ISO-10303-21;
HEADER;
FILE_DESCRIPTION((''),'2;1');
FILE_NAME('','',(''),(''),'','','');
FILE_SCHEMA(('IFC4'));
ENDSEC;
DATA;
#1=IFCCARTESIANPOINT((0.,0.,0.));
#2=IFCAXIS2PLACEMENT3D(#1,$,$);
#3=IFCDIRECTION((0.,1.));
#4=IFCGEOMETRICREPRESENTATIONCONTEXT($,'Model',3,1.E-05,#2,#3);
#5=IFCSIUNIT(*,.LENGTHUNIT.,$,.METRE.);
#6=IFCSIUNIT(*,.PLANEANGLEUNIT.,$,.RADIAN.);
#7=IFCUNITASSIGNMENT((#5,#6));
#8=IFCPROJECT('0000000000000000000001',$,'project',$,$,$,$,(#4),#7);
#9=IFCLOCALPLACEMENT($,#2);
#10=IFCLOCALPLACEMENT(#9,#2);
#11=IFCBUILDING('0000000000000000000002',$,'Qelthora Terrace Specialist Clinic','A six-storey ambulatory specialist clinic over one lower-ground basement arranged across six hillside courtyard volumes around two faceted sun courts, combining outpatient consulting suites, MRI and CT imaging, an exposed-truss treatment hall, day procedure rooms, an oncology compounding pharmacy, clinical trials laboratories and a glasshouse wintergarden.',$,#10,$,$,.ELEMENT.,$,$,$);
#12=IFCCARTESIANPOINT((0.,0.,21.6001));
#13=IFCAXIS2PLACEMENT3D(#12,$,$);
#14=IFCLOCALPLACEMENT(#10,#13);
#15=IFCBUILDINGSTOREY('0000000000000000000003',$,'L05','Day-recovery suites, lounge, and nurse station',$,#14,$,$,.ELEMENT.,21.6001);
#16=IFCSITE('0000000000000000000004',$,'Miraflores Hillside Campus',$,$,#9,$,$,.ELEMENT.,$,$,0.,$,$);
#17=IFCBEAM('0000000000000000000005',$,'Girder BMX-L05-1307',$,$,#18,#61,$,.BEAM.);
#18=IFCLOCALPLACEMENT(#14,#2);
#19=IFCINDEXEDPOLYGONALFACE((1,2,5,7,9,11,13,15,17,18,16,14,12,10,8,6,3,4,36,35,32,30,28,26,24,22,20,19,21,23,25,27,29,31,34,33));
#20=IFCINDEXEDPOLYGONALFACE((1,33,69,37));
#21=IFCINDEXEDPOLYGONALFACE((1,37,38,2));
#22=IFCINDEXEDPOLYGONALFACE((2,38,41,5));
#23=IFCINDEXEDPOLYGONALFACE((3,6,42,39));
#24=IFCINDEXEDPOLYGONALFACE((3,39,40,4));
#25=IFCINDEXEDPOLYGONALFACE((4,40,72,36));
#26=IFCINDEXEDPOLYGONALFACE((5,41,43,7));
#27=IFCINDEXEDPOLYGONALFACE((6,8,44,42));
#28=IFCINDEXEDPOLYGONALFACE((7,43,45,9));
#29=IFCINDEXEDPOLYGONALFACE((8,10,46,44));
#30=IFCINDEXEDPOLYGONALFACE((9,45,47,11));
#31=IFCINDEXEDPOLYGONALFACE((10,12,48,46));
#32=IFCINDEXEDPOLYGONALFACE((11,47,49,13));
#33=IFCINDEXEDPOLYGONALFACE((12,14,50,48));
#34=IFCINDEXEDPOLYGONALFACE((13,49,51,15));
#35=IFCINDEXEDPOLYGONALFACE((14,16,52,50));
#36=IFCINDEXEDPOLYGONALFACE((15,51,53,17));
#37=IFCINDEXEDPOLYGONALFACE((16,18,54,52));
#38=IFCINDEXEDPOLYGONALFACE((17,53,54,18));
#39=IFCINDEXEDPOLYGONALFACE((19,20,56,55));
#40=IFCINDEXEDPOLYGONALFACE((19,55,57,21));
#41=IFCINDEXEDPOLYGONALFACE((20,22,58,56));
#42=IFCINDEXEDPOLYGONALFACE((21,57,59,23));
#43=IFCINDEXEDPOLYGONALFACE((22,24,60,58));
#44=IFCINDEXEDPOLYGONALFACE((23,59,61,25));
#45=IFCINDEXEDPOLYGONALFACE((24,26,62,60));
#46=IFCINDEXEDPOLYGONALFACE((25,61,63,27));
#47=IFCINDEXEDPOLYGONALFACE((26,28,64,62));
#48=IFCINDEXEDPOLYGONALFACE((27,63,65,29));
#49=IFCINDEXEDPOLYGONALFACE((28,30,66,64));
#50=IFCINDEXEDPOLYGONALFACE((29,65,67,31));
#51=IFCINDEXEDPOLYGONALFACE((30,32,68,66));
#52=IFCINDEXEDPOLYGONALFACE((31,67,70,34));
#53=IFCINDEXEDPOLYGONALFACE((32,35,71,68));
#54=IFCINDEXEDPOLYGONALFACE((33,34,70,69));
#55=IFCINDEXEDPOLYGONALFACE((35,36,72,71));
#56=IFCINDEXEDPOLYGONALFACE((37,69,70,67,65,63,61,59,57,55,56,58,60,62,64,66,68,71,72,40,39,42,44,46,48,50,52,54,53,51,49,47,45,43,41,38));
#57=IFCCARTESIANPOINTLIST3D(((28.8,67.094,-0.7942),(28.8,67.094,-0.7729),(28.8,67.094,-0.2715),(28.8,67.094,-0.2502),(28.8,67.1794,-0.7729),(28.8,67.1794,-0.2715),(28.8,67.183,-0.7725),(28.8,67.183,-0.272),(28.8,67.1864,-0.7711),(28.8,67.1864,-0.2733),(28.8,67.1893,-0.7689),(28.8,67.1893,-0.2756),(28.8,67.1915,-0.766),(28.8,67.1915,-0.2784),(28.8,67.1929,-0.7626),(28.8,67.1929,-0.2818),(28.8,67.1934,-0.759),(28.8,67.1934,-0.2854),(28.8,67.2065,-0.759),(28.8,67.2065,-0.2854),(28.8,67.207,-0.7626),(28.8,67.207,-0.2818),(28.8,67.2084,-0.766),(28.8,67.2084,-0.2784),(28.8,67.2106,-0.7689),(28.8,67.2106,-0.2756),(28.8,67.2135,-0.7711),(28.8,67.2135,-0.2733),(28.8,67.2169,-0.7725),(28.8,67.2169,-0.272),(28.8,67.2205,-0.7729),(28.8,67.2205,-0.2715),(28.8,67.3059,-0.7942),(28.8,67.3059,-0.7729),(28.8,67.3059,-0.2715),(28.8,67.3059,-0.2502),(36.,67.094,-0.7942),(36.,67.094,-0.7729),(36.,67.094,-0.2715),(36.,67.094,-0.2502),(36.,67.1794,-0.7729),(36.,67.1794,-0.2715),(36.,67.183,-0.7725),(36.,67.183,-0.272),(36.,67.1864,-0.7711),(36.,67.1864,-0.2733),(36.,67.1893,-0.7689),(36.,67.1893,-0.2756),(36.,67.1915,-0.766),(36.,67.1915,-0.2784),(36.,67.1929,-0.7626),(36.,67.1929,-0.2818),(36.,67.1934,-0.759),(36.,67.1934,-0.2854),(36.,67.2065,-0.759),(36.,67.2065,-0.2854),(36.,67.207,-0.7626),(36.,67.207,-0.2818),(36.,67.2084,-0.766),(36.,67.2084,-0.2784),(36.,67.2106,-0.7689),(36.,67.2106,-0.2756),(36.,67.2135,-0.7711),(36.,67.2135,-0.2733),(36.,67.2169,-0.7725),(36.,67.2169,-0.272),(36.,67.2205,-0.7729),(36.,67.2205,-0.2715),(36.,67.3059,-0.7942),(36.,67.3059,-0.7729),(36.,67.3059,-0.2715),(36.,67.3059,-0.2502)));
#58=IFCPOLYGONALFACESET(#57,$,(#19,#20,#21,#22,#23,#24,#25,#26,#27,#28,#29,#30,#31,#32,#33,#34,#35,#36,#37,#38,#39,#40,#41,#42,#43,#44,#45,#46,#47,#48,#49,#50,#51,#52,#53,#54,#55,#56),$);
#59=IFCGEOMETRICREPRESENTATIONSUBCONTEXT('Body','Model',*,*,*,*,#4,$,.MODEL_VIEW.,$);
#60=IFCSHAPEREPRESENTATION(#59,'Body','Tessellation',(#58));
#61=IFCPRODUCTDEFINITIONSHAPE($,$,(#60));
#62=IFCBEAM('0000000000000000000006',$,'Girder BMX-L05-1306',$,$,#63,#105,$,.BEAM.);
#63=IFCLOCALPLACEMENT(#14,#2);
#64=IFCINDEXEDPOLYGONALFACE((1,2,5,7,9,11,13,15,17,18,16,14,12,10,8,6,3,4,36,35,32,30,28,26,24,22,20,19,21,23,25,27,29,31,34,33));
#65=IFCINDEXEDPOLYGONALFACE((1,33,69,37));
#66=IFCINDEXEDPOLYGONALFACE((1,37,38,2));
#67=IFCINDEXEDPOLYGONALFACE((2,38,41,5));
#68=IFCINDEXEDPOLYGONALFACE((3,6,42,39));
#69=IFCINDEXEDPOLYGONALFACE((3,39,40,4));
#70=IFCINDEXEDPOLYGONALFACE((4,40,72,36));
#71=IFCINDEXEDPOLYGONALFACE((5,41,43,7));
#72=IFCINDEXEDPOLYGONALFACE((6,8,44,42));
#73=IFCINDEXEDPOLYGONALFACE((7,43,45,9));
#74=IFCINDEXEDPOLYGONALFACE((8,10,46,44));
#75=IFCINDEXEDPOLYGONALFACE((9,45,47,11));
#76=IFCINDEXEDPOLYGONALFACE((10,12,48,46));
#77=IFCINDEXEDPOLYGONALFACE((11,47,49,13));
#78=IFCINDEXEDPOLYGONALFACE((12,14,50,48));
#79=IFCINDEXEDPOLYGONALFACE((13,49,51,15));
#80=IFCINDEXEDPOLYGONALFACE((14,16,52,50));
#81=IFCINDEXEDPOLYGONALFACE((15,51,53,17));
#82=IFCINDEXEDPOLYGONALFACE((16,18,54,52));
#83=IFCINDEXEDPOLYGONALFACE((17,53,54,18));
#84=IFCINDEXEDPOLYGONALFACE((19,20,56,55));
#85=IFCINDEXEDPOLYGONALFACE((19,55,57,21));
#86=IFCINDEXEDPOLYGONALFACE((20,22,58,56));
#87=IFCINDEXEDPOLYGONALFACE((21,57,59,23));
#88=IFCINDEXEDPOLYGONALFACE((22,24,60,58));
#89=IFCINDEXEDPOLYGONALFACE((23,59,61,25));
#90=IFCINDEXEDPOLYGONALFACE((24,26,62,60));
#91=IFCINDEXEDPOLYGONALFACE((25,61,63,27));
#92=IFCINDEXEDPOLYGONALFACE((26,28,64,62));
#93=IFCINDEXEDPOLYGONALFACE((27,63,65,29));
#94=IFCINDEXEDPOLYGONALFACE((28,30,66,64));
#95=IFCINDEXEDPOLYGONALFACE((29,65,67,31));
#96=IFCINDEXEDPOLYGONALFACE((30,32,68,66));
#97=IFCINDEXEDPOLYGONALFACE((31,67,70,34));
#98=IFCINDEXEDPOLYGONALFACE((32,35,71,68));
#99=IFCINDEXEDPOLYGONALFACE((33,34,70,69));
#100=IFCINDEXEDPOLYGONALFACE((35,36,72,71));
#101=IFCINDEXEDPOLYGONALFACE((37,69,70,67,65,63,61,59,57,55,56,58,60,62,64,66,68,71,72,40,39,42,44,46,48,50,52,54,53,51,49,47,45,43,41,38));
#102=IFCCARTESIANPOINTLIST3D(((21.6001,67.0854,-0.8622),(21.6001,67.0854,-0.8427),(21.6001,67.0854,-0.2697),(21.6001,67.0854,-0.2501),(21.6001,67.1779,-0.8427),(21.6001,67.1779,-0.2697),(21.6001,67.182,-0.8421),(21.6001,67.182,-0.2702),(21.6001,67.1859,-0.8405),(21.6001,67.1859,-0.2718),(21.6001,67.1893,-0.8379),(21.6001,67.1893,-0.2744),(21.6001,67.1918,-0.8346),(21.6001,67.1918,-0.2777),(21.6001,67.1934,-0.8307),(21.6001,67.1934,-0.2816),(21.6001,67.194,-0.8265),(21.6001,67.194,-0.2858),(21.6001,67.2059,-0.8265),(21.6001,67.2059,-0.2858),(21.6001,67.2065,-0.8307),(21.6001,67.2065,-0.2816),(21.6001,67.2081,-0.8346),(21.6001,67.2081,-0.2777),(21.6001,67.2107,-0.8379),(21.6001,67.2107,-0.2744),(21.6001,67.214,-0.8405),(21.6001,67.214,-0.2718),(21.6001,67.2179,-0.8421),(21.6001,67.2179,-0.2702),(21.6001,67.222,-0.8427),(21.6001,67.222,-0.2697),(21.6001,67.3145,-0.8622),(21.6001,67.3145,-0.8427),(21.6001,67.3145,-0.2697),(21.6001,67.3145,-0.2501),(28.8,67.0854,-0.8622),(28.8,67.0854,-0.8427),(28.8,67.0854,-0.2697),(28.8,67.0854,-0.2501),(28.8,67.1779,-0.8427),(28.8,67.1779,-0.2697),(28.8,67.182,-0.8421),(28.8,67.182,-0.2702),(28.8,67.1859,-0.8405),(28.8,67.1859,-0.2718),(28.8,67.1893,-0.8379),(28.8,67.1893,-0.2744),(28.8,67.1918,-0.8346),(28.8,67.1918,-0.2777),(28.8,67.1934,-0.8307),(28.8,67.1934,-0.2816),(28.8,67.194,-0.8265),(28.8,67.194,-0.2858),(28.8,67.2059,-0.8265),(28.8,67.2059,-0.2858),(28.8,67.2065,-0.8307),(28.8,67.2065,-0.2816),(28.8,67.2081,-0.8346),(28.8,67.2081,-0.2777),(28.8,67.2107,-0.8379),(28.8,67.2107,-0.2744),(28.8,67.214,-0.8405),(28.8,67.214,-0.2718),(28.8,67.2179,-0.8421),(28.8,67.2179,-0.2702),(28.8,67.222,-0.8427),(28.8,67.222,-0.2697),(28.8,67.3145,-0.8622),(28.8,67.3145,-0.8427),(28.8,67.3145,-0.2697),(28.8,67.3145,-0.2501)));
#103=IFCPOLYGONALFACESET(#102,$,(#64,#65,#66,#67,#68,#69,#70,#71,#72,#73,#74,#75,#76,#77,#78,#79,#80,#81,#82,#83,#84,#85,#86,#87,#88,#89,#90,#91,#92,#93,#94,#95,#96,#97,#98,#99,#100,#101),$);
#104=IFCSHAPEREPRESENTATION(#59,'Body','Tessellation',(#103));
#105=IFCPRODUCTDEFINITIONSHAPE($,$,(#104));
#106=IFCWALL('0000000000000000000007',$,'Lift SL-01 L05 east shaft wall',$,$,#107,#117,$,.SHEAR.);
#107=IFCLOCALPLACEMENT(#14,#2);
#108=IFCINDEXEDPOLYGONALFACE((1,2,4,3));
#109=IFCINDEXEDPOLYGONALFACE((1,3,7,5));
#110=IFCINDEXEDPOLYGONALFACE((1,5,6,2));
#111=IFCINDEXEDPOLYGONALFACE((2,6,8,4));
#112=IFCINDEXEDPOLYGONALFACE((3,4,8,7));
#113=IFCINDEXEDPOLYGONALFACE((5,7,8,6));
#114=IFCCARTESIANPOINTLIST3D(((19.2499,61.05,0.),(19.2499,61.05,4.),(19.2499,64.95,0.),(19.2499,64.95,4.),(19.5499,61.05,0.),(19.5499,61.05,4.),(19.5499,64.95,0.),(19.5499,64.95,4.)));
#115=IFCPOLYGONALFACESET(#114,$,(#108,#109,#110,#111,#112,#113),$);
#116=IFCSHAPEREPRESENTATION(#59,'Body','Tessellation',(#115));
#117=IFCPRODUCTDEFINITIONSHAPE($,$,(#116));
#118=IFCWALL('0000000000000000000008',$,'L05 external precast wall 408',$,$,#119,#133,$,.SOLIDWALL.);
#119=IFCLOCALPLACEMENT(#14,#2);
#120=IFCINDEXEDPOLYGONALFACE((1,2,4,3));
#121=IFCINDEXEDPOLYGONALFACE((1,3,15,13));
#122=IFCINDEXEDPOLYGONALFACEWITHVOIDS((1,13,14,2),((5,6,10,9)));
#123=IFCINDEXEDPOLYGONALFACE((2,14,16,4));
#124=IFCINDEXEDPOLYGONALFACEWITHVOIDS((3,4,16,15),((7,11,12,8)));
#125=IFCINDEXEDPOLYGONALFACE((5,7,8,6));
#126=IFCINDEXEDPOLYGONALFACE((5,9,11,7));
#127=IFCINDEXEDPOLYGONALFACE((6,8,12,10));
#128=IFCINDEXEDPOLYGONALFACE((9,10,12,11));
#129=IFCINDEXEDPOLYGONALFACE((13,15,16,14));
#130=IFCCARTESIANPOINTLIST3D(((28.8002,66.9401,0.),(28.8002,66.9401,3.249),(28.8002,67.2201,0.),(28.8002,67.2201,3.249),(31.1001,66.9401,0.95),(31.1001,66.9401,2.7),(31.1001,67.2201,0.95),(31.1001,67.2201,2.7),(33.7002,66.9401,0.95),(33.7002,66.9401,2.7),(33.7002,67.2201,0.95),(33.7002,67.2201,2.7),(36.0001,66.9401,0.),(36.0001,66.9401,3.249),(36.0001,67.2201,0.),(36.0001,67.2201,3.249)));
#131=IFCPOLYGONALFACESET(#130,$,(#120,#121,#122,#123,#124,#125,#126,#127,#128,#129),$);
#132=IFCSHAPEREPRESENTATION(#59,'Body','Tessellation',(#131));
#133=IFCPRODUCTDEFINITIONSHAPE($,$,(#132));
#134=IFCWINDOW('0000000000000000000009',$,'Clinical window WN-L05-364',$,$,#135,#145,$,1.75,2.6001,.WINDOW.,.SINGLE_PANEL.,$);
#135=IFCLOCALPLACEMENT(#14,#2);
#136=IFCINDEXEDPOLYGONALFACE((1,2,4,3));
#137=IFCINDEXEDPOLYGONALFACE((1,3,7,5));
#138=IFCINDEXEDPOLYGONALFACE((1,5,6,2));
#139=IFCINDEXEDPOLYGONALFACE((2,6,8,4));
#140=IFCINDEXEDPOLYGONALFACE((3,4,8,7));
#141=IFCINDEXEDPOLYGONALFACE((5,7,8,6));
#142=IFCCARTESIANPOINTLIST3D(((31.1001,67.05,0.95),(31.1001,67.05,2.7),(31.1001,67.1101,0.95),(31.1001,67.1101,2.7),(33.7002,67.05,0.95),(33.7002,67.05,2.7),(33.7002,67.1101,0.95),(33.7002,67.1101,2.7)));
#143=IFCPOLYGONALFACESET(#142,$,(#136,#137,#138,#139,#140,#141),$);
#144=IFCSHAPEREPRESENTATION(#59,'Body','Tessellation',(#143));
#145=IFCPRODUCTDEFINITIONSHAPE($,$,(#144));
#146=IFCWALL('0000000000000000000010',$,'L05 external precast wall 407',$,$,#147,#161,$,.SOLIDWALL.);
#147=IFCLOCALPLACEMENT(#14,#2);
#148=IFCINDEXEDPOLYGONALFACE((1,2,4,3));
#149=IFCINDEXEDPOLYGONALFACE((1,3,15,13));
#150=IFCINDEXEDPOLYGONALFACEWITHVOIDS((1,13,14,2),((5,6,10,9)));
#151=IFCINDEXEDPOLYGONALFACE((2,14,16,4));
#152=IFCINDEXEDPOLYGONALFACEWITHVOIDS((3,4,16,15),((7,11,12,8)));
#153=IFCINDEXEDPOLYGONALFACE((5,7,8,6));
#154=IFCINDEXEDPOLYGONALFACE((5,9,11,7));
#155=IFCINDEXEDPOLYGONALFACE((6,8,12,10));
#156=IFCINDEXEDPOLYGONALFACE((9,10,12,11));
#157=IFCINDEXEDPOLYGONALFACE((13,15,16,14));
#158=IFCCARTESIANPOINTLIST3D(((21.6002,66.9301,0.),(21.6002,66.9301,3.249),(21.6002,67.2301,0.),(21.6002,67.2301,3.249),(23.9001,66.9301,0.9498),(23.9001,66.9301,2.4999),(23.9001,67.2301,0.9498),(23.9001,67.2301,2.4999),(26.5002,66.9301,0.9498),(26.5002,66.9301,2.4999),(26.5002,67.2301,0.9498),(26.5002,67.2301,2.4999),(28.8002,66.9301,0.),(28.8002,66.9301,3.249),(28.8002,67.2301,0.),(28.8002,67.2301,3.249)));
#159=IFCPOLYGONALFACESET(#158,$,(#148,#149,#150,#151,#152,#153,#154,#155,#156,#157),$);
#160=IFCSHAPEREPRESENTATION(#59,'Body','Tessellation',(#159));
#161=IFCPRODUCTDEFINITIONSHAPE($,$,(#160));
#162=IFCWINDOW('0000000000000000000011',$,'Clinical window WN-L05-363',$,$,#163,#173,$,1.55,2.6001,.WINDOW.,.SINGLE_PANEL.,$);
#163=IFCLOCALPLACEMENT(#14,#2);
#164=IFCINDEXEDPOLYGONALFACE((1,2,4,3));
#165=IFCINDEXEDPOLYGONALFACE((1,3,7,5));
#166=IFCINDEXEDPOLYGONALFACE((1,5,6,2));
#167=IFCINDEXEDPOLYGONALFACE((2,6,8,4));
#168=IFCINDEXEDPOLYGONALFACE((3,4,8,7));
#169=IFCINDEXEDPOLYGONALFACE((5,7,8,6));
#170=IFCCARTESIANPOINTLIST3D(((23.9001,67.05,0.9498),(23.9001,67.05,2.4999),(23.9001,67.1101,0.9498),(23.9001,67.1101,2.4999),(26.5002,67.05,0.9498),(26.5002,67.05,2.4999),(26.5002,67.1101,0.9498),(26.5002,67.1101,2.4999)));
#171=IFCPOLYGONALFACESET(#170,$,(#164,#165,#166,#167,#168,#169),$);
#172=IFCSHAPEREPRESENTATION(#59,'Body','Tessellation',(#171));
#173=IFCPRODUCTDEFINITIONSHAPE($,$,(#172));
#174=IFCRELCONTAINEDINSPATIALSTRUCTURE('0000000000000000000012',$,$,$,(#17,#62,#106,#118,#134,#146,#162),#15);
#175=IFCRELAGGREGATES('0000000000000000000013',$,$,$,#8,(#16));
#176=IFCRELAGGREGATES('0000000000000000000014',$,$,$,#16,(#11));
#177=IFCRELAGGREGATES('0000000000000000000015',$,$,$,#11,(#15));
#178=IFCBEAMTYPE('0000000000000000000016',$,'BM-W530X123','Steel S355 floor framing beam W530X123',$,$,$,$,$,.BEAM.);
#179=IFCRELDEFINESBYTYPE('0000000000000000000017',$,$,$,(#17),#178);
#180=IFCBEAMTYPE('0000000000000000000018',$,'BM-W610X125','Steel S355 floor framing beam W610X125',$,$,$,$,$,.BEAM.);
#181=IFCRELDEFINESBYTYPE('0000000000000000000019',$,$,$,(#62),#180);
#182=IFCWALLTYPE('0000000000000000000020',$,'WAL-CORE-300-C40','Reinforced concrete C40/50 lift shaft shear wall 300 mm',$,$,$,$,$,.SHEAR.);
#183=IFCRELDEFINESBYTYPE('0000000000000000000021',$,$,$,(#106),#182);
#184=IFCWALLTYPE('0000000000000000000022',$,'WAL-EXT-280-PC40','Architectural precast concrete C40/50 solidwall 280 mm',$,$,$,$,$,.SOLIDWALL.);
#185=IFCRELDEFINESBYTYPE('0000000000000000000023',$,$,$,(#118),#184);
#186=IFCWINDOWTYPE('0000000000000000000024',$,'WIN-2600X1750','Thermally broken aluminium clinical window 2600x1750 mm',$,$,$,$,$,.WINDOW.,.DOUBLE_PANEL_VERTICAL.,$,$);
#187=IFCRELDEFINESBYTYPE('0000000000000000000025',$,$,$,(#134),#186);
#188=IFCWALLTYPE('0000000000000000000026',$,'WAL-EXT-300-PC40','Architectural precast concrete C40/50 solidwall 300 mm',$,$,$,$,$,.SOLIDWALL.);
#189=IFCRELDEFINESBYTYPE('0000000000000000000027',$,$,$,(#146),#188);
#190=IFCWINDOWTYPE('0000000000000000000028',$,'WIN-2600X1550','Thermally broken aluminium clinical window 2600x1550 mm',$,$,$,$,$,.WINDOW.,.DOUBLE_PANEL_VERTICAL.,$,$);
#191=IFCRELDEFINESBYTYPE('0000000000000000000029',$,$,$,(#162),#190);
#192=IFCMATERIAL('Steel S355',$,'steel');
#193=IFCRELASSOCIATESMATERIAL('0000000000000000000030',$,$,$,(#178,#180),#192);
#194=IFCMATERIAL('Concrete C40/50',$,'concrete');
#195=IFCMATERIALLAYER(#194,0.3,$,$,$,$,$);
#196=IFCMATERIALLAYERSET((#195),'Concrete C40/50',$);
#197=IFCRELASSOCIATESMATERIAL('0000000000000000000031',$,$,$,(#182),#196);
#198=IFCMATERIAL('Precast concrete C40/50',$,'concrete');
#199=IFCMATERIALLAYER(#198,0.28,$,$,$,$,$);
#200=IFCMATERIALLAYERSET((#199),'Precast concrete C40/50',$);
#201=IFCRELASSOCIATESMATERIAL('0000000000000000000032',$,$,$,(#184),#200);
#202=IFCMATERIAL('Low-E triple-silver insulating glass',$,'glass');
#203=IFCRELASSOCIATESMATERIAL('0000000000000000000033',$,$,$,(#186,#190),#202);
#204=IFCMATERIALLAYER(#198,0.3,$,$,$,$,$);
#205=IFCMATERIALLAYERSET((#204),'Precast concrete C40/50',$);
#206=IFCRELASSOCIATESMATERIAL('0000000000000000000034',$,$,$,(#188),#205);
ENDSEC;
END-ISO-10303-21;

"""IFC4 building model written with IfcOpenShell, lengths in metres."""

from ifc_helpers import new_model, si_unit, direction, frame, frame_2d, origin, origin_2d, place, context, subcontext, project, spatial, rectangle, i_section, extrude, material, layer, layer_set, material_profile, profile_set, type_object, element, fill, save


model = new_model("IFC4")

# Units and contexts
model_context = context("Model", 3, precision=1e-05, world=origin(), true_north=direction((0.0, 1.0)))
body_context = subcontext(model_context, "Body", "Model", "MODEL_VIEW")
ifc_project = project(units=[si_unit("LENGTHUNIT", "METRE"), si_unit("PLANEANGLEUNIT", "RADIAN")], contexts=[model_context])

# Site, building, storey
site_placement = place(None, origin())
site = spatial("IfcSite", under=ifc_project, at=site_placement, Name="Miraflores Hillside Campus", CompositionType="ELEMENT", RefElevation=0.0)
building_placement = place(site_placement, origin())
building = spatial("IfcBuilding", under=site, at=building_placement, Name="Qelthora Terrace Specialist Clinic", Description="A six-storey ambulatory specialist clinic over one lower-ground basement arranged across six hillside courtyard volumes around two faceted sun courts, combining outpatient consulting suites, MRI and CT imaging, an exposed-truss treatment hall, day procedure rooms, an oncology compounding pharmacy, clinical trials laboratories and a glasshouse wintergarden.", CompositionType="ELEMENT")
storey_placement = place(building_placement, frame((0.0, 0.0, 21.6001)))
storey = spatial("IfcBuildingStorey", under=building, at=storey_placement, Name="L05", Description="Day-recovery suites, lounge, and nurse station", CompositionType="ELEMENT", Elevation=21.6001)

# Shared definitions
ifc_material_1 = material(Name="Steel S355", Category="steel")

# Beams
ifc_material_profile_1 = material_profile(ifc_material_1, i_section(OverallWidth=0.2119, OverallDepth=0.5439, WebThickness=0.0132, FlangeThickness=0.0212, FilletRadius=0.0139, at=origin_2d()), Name="W530X123")
ifc_profile_set_1 = profile_set([ifc_material_profile_1], Name="Steel S355")
beam_type_1 = type_object("IfcBeamType", Name="BM-W530X123", Description="Steel S355 floor framing beam W530X123", PredefinedType="BEAM", material=ifc_profile_set_1)
beam_1_placement = place(storey_placement, frame((28.8, 67.2, -0.5222), z_axis=(1.0, 0.0, 0.0), x_axis=(0.0, 1.0, 0.0)))
element("IfcBeam", 1, at=beam_1_placement, inside=storey, type_object=beam_type_1, Name="Girder BMX-L05-1307", PredefinedType="BEAM", context=body_context, shape_type="SweptSolid", body=[
    extrude(i_section(OverallWidth=0.2119, OverallDepth=0.5439, WebThickness=0.0132, FlangeThickness=0.0212, FilletRadius=0.0139, at=origin_2d()), origin(), (0.0, 0.0, 1.0), 7.2),
])
ifc_material_profile_2 = material_profile(ifc_material_1, i_section(OverallWidth=0.229, OverallDepth=0.6121, WebThickness=0.012, FlangeThickness=0.0195, FilletRadius=0.0161, at=origin_2d()), Name="W610X125")
ifc_profile_set_2 = profile_set([ifc_material_profile_2], Name="Steel S355")
beam_type_2 = type_object("IfcBeamType", Name="BM-W610X125", Description="Steel S355 floor framing beam W610X125", PredefinedType="BEAM", material=ifc_profile_set_2)
beam_2_placement = place(storey_placement, frame((21.6001, 67.2, -0.5562), z_axis=(1.0, 0.0, 0.0), x_axis=(0.0, 1.0, 0.0)))
element("IfcBeam", 2, at=beam_2_placement, inside=storey, type_object=beam_type_2, Name="Girder BMX-L05-1306", PredefinedType="BEAM", context=body_context, shape_type="SweptSolid", body=[
    extrude(i_section(OverallWidth=0.229, OverallDepth=0.6121, WebThickness=0.012, FlangeThickness=0.0195, FilletRadius=0.0161, at=origin_2d()), origin(), (0.0, 0.0, 1.0), 7.2),
])

# Wall
ifc_material_2 = material(Name="Concrete C40/50", Category="concrete")
ifc_layer_1 = layer(ifc_material_2, 0.3)
ifc_layer_set_1 = layer_set([ifc_layer_1], Name="Concrete C40/50")
wall_type_1 = type_object("IfcWallType", Name="WAL-CORE-300-C40", Description="Reinforced concrete C40/50 lift shaft shear wall 300 mm", PredefinedType="SHEAR", material=ifc_layer_set_1)
wall_1_placement = place(storey_placement, frame((19.3999, 61.05, 0.0), z_axis=(0.0, 0.0, 1.0), x_axis=(0.0, 1.0, 0.0)))
element("IfcWall", 3, at=wall_1_placement, inside=storey, type_object=wall_type_1, Name="Lift SL-01 L05 east shaft wall", PredefinedType="SHEAR", context=body_context, shape_type="SweptSolid", body=[
    extrude(rectangle(XDim=3.8999, YDim=0.3, at=frame_2d((1.95, 0.0))), origin(), (0.0, 0.0, 1.0), 4.0),
])

# Walls, openings, windows
ifc_material_3 = material(Name="Precast concrete C40/50", Category="concrete")
ifc_layer_2 = layer(ifc_material_3, 0.28)
ifc_layer_set_2 = layer_set([ifc_layer_2], Name="Precast concrete C40/50")
wall_type_2 = type_object("IfcWallType", Name="WAL-EXT-280-PC40", Description="Architectural precast concrete C40/50 solidwall 280 mm", PredefinedType="SOLIDWALL", material=ifc_layer_set_2)
wall_2_placement = place(storey_placement, frame((28.8, 67.0801, 0.0), z_axis=(0.0, 0.0, 1.0), x_axis=(1.0, 0.0, 0.0)))
wall_2 = element("IfcWall", 4, at=wall_2_placement, inside=storey, type_object=wall_type_2, Name="L05 external precast wall 408", PredefinedType="SOLIDWALL", context=body_context, shape_type="SweptSolid", body=[
    extrude(rectangle(XDim=7.2, YDim=0.28, at=frame_2d((3.6001, 0.0))), origin(), (0.0, 0.0, 1.0), 3.249),
])
opening_1_placement = place(wall_2_placement, frame((2.3, 0.0, 0.95)))
opening_1 = element("IfcOpeningElement", 5, at=opening_1_placement, cuts=wall_2, PredefinedType="OPENING", context=body_context, shape_type="SweptSolid", body=[
    extrude(rectangle(XDim=2.6001, YDim=1.75, at=frame_2d((1.3, 0.875))), frame((0.0, 0.1499, 0.0), z_axis=(0.0, -1.0, 0.0), x_axis=(1.0, 0.0, 0.0)), (0.0, 0.0, 1.0), 0.3),
])
ifc_material_4 = material(Name="Low-E triple-silver insulating glass", Category="glass")
window_type_1 = type_object("IfcWindowType", Name="WIN-2600X1750", Description="Thermally broken aluminium clinical window 2600x1750 mm", PartitioningType="DOUBLE_PANEL_VERTICAL", PredefinedType="WINDOW", material=ifc_material_4)
window_1_placement = place(opening_1_placement, origin())
window_1 = element("IfcWindow", 6, at=window_1_placement, inside=storey, type_object=window_type_1, Name="Clinical window WN-L05-364", OverallHeight=1.75, OverallWidth=2.6001, PartitioningType="SINGLE_PANEL", PredefinedType="WINDOW", context=body_context, shape_type="SweptSolid", body=[
    extrude(rectangle(XDim=2.6001, YDim=1.75, at=frame_2d((1.3, 0.875))), frame((0.0, 0.03, 0.0), z_axis=(0.0, -1.0, 0.0), x_axis=(1.0, 0.0, 0.0)), (0.0, 0.0, 1.0), 0.0601),
])
fill(opening_1, window_1)
ifc_layer_3 = layer(ifc_material_3, 0.3)
ifc_layer_set_3 = layer_set([ifc_layer_3], Name="Precast concrete C40/50")
wall_type_3 = type_object("IfcWallType", Name="WAL-EXT-300-PC40", Description="Architectural precast concrete C40/50 solidwall 300 mm", PredefinedType="SOLIDWALL", material=ifc_layer_set_3)
wall_3_placement = place(storey_placement, frame((21.6001, 67.0801, 0.0), z_axis=(0.0, 0.0, 1.0), x_axis=(1.0, 0.0, 0.0)))
wall_3 = element("IfcWall", 7, at=wall_3_placement, inside=storey, type_object=wall_type_3, Name="L05 external precast wall 407", PredefinedType="SOLIDWALL", context=body_context, shape_type="SweptSolid", body=[
    extrude(rectangle(XDim=7.2, YDim=0.3, at=frame_2d((3.6001, 0.0))), origin(), (0.0, 0.0, 1.0), 3.249),
])
opening_2_placement = place(wall_3_placement, frame((2.3, 0.0, 0.95)))
opening_2 = element("IfcOpeningElement", 8, at=opening_2_placement, cuts=wall_3, PredefinedType="OPENING", context=body_context, shape_type="SweptSolid", body=[
    extrude(rectangle(XDim=2.6001, YDim=1.55, at=frame_2d((1.3, 0.7749))), frame((0.0, 0.1599, 0.0), z_axis=(0.0, -1.0, 0.0), x_axis=(1.0, 0.0, 0.0)), (0.0, 0.0, 1.0), 0.3201),
])
window_type_2 = type_object("IfcWindowType", Name="WIN-2600X1550", Description="Thermally broken aluminium clinical window 2600x1550 mm", PartitioningType="DOUBLE_PANEL_VERTICAL", PredefinedType="WINDOW", material=ifc_material_4)
window_2_placement = place(opening_2_placement, origin())
window_2 = element("IfcWindow", 9, at=window_2_placement, inside=storey, type_object=window_type_2, Name="Clinical window WN-L05-363", OverallHeight=1.55, OverallWidth=2.6001, PartitioningType="SINGLE_PANEL", PredefinedType="WINDOW", context=body_context, shape_type="SweptSolid", body=[
    extrude(rectangle(XDim=2.6001, YDim=1.55, at=frame_2d((1.3, 0.7749))), frame((0.0, 0.03, 0.0), z_axis=(0.0, -1.0, 0.0), x_axis=(1.0, 0.0, 0.0)), (0.0, 0.0, 1.0), 0.0601),
])
fill(opening_2, window_2)

save(model, "model.ifc")
